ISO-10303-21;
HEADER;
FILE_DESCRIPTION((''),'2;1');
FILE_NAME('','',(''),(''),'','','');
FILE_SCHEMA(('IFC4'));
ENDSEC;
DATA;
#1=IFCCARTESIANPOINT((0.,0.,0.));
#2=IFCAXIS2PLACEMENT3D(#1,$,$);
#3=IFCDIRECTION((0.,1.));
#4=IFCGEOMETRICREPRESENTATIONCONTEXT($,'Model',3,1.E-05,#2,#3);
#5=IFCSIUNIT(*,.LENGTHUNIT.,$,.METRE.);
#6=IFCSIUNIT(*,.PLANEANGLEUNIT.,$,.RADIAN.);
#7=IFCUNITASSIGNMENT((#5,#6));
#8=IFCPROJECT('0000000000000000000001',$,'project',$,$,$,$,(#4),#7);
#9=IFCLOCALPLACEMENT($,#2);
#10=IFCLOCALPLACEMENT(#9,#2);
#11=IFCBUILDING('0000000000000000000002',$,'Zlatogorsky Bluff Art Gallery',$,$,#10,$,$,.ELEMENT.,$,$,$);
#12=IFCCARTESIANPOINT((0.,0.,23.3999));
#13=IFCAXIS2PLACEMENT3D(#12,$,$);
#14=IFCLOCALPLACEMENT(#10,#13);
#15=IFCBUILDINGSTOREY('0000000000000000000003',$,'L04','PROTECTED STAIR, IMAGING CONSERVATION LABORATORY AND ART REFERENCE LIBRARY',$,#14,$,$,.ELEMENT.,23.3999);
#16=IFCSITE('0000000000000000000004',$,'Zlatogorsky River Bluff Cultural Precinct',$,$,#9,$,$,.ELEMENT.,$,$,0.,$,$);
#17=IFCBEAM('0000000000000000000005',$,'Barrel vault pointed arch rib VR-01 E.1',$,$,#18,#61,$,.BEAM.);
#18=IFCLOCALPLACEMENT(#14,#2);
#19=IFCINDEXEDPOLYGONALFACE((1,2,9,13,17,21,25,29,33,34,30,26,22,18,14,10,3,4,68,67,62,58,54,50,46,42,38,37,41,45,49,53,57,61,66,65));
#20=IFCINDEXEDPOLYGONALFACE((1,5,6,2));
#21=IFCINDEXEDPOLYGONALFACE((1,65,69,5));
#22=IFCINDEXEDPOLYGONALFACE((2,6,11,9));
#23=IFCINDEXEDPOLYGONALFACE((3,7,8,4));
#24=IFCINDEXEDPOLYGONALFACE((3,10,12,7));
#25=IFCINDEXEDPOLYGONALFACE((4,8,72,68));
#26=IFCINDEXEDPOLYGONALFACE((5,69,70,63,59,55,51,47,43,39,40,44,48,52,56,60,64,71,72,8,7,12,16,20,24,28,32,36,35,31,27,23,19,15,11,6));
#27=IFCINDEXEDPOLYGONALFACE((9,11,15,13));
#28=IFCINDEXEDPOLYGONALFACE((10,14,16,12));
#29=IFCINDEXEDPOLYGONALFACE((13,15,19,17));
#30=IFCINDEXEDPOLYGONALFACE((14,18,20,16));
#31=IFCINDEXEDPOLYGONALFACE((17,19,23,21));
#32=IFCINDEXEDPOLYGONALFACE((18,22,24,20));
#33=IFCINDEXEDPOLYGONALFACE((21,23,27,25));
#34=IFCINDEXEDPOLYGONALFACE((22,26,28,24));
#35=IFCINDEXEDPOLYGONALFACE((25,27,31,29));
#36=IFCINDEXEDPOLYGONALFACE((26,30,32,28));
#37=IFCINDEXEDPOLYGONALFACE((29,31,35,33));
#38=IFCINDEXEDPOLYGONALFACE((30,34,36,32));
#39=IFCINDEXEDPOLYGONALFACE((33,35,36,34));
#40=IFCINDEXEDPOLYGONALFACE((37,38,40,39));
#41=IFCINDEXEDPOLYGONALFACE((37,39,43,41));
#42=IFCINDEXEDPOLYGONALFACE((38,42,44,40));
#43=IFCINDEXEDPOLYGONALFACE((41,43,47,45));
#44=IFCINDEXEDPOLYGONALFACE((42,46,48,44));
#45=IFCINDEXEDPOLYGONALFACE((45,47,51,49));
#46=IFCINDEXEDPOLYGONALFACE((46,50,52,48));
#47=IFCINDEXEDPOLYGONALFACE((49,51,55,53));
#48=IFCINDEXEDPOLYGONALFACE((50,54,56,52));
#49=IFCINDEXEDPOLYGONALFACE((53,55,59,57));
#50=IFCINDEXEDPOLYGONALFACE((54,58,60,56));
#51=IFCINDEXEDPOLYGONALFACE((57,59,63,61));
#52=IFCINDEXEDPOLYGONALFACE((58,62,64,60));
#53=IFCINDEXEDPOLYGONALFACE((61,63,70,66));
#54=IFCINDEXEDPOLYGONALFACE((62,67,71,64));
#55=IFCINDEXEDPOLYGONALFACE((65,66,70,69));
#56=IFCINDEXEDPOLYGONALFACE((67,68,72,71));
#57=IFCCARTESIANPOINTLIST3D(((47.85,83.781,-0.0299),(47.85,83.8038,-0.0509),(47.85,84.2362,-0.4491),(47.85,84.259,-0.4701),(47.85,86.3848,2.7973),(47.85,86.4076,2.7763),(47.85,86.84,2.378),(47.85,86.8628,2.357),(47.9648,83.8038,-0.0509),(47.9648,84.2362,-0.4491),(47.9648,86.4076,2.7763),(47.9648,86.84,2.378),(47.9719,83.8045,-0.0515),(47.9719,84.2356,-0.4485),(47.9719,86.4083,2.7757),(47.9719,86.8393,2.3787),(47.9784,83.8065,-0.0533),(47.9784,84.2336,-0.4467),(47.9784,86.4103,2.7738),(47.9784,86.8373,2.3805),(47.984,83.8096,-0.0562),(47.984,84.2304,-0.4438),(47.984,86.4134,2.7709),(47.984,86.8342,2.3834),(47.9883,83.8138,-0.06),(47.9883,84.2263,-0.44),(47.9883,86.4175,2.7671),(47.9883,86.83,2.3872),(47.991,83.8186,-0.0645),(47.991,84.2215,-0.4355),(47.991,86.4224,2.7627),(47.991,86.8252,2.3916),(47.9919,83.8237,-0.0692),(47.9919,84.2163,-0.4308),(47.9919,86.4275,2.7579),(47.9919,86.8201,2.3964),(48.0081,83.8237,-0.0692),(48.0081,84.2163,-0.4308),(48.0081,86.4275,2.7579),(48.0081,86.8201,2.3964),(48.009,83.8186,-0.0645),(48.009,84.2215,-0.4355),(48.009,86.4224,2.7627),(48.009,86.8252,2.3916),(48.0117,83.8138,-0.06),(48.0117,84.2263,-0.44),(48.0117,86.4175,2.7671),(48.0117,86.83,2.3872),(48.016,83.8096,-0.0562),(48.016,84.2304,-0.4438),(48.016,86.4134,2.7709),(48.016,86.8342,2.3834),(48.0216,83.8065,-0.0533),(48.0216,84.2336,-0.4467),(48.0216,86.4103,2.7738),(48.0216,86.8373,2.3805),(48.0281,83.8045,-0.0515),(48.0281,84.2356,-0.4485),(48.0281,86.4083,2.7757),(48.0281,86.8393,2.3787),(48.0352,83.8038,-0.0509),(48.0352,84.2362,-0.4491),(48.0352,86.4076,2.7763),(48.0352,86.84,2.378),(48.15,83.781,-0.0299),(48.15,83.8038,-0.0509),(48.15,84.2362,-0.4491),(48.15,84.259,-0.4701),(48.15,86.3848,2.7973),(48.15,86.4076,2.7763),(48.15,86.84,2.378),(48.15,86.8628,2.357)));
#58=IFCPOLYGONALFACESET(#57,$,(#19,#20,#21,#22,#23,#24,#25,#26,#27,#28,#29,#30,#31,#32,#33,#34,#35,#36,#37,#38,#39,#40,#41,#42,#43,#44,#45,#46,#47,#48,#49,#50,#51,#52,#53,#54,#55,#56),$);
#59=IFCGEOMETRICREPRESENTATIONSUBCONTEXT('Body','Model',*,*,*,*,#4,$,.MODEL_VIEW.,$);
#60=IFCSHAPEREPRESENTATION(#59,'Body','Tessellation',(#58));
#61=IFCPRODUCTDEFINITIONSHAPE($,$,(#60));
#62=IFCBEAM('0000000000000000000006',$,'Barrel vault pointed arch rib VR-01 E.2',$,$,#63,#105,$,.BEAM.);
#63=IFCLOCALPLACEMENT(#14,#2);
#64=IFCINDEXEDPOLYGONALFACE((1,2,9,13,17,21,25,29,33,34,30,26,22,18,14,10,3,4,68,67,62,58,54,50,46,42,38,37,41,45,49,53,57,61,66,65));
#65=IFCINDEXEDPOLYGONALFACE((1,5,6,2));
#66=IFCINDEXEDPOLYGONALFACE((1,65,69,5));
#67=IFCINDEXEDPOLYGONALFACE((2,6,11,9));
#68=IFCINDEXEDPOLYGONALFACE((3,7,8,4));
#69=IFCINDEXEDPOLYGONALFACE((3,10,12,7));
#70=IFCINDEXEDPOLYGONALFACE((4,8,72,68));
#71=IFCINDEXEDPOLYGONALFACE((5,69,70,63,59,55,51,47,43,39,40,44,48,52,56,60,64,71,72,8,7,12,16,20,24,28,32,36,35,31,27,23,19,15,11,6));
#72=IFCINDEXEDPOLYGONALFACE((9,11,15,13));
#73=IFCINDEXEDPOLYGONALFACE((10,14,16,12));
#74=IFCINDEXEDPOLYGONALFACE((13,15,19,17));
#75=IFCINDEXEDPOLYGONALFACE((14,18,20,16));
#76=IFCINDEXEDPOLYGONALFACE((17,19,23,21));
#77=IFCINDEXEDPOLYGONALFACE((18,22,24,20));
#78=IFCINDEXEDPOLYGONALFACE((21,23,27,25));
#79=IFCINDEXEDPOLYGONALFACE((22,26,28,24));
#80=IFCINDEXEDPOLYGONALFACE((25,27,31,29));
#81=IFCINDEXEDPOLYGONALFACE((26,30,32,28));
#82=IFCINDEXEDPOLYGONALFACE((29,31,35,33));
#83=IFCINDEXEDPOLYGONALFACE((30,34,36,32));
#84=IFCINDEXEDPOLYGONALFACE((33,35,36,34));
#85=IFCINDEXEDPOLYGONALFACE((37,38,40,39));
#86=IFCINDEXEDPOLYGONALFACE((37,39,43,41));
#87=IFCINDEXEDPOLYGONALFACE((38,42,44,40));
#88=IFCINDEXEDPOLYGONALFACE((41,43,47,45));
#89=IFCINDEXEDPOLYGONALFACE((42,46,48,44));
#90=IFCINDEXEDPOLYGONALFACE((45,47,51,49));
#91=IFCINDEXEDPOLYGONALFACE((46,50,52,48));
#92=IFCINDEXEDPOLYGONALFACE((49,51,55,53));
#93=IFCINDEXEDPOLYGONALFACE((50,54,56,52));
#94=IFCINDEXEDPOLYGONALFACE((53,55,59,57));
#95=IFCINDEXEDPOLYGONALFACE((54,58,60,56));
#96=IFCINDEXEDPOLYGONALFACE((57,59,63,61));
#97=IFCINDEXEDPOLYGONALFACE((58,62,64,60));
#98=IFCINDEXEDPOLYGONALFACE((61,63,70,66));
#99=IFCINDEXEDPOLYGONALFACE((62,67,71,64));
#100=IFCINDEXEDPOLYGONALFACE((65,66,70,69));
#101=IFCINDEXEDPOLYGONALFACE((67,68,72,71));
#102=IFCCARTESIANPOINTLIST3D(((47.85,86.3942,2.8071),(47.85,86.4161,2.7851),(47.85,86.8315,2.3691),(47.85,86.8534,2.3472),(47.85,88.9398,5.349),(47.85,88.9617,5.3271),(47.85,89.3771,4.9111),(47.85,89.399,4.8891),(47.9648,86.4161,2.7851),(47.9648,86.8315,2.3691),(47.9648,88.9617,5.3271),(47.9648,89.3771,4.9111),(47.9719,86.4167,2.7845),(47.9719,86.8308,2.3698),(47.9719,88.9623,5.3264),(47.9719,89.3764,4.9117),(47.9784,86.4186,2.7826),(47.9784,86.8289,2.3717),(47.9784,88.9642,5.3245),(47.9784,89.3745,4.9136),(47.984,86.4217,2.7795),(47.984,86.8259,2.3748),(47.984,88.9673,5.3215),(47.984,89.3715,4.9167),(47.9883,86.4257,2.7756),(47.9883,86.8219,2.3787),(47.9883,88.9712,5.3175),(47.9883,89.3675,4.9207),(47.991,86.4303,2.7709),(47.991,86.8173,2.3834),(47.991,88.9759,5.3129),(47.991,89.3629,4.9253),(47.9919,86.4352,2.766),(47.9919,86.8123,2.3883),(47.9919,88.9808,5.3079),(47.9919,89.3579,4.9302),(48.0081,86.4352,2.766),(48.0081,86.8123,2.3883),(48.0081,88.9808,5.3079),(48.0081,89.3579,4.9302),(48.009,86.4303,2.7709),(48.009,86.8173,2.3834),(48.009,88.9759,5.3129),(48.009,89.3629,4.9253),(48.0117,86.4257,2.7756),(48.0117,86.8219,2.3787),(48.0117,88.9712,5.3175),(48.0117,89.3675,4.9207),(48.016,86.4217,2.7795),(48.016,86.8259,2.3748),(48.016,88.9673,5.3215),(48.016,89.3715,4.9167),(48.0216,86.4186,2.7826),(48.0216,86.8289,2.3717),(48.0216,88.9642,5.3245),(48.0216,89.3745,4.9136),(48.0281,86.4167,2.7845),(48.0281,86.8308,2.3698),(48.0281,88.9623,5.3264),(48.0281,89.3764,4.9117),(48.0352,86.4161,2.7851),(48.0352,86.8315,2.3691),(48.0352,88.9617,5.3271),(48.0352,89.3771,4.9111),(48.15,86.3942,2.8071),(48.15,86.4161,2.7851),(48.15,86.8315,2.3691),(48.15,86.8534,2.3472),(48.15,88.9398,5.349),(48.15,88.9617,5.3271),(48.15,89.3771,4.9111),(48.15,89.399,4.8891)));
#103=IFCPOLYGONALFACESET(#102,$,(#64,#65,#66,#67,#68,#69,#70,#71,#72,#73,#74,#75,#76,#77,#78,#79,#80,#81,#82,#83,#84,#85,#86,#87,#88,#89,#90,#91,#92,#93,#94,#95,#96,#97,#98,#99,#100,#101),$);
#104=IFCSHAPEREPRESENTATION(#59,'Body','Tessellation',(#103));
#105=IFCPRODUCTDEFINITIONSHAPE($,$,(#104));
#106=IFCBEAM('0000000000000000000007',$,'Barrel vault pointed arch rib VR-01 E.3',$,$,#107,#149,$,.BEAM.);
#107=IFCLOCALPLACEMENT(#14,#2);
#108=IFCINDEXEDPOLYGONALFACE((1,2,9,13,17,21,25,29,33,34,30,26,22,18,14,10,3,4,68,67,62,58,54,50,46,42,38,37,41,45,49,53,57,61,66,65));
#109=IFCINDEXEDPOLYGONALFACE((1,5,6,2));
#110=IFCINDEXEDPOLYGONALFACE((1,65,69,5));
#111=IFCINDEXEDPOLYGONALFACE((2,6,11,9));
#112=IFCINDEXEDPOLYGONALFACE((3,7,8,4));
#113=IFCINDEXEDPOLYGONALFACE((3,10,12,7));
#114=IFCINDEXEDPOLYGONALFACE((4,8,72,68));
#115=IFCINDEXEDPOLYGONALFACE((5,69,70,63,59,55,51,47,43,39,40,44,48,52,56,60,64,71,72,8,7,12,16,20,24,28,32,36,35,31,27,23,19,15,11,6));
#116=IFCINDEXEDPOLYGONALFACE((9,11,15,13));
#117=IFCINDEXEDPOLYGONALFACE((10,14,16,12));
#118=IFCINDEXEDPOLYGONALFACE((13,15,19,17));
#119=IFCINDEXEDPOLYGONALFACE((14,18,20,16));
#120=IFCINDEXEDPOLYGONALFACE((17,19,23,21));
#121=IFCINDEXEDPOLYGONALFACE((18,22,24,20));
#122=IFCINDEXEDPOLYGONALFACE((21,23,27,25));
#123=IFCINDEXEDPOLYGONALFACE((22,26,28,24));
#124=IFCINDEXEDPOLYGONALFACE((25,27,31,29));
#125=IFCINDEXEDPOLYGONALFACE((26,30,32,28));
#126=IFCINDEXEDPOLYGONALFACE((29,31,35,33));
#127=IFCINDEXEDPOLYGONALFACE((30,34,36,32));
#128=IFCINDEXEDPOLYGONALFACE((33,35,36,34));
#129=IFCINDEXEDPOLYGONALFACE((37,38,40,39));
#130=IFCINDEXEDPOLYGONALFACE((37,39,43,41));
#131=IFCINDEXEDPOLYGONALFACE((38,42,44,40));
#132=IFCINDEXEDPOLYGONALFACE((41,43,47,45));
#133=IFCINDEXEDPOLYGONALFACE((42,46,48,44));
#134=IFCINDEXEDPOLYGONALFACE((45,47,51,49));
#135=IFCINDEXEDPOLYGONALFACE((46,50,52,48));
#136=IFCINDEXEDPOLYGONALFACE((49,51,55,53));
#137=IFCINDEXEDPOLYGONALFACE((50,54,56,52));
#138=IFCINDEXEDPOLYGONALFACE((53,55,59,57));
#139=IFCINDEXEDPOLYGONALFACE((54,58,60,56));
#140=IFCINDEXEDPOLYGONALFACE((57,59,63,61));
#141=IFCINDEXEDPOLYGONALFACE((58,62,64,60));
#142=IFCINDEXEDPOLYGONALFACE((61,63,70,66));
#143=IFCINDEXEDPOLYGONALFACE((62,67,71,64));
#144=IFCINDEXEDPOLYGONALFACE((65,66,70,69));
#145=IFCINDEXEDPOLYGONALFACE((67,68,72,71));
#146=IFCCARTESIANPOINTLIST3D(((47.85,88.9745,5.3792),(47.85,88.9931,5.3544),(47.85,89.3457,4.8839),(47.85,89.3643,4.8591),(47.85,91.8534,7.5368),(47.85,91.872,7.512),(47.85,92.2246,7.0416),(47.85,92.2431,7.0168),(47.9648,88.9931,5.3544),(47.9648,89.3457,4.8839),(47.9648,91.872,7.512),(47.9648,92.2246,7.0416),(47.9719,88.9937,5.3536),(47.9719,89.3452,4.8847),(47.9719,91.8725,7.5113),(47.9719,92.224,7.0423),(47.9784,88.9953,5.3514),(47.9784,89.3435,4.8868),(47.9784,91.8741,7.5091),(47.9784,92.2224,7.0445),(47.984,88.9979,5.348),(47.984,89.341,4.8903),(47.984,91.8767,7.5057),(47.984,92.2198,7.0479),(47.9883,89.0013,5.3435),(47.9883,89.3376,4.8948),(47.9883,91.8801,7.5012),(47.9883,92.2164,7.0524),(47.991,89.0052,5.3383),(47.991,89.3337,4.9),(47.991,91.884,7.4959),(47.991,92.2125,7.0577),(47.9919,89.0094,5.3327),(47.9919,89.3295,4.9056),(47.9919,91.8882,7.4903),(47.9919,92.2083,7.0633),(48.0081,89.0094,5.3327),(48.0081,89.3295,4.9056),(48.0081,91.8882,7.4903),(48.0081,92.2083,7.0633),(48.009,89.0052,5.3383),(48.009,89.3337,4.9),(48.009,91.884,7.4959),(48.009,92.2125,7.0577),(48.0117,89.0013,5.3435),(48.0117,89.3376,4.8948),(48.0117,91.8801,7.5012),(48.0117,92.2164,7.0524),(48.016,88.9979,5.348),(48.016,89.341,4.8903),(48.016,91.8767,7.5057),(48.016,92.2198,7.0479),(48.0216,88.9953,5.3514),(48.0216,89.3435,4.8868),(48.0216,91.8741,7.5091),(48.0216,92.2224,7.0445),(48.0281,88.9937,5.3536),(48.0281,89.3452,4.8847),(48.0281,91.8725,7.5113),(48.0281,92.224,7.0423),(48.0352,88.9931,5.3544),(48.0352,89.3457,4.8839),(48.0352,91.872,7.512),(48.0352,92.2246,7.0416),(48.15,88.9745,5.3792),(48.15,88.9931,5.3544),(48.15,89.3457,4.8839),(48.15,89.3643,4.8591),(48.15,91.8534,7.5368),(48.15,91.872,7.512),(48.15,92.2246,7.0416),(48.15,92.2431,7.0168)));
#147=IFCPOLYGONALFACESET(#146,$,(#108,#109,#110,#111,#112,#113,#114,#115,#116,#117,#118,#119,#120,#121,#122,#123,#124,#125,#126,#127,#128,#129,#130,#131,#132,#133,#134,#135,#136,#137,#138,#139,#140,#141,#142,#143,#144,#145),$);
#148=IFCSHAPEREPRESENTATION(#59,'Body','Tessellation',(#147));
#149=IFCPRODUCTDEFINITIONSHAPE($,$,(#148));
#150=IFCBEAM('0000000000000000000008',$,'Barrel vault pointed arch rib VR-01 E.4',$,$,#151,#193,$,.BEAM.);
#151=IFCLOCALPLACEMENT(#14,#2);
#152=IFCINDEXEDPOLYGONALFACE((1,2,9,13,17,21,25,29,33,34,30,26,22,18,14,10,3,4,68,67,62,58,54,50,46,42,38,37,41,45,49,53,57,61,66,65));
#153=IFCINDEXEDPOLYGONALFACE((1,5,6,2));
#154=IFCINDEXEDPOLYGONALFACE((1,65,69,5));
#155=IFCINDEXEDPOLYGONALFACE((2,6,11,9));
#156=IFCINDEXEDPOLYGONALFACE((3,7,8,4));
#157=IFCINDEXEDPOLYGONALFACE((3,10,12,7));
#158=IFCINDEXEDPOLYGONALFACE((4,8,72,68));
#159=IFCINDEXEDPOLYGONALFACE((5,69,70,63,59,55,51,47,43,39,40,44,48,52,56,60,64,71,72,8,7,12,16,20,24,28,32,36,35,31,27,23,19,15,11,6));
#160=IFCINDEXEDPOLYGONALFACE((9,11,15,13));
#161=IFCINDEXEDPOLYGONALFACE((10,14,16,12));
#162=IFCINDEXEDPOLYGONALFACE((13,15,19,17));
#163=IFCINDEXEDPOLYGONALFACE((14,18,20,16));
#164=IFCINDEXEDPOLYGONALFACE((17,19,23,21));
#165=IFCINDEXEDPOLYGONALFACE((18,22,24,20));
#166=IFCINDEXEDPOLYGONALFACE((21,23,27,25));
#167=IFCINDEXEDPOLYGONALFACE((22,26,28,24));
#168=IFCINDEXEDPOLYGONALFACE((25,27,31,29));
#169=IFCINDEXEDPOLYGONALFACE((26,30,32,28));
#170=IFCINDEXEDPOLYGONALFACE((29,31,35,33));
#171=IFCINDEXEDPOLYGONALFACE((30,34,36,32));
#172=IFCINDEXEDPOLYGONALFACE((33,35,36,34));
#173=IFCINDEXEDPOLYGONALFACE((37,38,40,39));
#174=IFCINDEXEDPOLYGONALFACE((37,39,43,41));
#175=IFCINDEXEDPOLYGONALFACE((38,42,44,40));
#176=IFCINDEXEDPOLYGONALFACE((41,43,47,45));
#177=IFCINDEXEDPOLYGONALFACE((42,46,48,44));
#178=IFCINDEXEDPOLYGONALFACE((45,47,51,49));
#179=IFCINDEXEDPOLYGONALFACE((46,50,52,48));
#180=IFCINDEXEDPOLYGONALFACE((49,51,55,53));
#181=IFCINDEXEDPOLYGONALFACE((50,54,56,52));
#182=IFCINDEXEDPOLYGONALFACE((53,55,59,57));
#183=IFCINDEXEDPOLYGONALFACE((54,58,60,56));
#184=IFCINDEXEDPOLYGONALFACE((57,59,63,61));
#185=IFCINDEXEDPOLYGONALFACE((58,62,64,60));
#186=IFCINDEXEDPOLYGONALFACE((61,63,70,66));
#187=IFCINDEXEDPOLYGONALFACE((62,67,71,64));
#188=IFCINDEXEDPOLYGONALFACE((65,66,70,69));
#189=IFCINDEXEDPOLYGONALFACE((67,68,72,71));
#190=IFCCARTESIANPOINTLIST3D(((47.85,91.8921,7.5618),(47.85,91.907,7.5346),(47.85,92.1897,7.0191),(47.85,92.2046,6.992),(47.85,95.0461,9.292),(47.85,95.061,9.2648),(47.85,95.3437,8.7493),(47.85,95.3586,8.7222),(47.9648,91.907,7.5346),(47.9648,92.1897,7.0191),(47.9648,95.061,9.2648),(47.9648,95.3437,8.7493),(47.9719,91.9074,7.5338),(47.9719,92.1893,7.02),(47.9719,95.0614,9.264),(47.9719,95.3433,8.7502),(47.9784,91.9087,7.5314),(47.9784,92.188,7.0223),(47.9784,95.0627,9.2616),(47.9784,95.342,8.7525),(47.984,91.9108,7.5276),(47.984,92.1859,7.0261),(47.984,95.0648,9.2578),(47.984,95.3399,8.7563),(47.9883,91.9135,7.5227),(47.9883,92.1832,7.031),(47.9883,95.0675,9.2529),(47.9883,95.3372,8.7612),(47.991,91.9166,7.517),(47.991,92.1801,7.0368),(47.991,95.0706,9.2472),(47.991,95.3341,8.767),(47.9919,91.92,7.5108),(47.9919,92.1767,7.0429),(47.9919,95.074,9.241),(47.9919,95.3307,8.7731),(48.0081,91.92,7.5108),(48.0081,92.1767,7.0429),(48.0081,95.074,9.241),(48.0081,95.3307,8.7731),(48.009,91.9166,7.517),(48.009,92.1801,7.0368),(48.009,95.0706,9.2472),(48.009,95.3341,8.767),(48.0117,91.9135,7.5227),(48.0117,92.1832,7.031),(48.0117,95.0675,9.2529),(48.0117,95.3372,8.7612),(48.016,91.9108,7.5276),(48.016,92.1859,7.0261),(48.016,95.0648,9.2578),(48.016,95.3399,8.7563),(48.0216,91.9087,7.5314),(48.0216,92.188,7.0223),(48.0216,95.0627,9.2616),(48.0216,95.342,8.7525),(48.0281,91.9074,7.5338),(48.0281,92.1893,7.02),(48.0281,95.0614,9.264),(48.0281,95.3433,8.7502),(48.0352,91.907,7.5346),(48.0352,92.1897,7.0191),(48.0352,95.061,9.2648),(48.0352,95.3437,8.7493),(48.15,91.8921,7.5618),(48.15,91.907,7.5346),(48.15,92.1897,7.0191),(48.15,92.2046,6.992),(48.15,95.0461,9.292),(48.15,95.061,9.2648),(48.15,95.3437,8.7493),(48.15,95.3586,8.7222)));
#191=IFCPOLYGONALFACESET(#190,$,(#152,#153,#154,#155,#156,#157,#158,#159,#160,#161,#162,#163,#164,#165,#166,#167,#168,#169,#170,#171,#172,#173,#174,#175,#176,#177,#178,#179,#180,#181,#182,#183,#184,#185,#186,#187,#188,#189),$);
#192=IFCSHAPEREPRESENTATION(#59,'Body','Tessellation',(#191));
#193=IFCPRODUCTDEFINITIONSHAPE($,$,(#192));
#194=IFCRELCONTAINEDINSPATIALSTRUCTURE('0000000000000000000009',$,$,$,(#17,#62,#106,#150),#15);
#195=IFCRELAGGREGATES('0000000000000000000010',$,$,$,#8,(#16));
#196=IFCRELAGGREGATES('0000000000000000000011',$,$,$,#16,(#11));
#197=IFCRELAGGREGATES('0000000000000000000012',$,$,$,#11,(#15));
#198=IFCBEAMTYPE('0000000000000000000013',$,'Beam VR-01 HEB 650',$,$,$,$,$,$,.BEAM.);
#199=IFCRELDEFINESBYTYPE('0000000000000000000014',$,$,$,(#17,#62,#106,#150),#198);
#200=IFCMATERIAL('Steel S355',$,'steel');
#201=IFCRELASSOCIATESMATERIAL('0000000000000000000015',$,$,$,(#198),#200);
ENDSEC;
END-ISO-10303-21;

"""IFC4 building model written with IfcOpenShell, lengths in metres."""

from ifc_helpers import new_model, si_unit, direction, frame, origin, origin_2d, place, context, subcontext, project, spatial, i_section, extrude, material, material_profile, profile_set, type_object, element, save


model = new_model("IFC4")

# Units and contexts
model_context = context("Model", 3, precision=1e-05, world=origin(), true_north=direction((0.0, 1.0)))
body_context = subcontext(model_context, "Body", "Model", "MODEL_VIEW")
ifc_project = project(units=[si_unit("LENGTHUNIT", "METRE"), si_unit("PLANEANGLEUNIT", "RADIAN")], contexts=[model_context])

# Site, building, storey
site_placement = place(None, origin())
site = spatial("IfcSite", under=ifc_project, at=site_placement, Name="Zlatogorsky River Bluff Cultural Precinct", CompositionType="ELEMENT", RefElevation=0.0)
building_placement = place(site_placement, origin())
building = spatial("IfcBuilding", under=site, at=building_placement, Name="Zlatogorsky Bluff Art Gallery", CompositionType="ELEMENT")
storey_placement = place(building_placement, frame((0.0, 0.0, 23.3999)))
storey = spatial("IfcBuildingStorey", under=building, at=storey_placement, Name="L04", Description="PROTECTED STAIR, IMAGING CONSERVATION LABORATORY AND ART REFERENCE LIBRARY", CompositionType="ELEMENT", Elevation=23.3999)

# Beams
ifc_material_1 = material(Name="Steel S355", Category="steel")
ifc_material_profile_1 = material_profile(ifc_material_1, i_section(OverallWidth=0.3, OverallDepth=0.6499, WebThickness=0.0161, FlangeThickness=0.031, FilletRadius=0.0271, at=origin_2d()), Name="HEB 650")
ifc_profile_set_1 = profile_set([ifc_material_profile_1], Name="Steel S355")
beam_type_1 = type_object("IfcBeamType", Name="Beam VR-01 HEB 650", PredefinedType="BEAM", material=ifc_profile_set_1)
beam_1_placement = place(storey_placement, frame((48.0, 84.02, -0.25), z_axis=(0.0, 0.677449, 0.73557), x_axis=(-1.0, 0.0, 0.0)))
element("IfcBeam", 1, at=beam_1_placement, inside=storey, type_object=beam_type_1, Name="Barrel vault pointed arch rib VR-01 E.1", PredefinedType="BEAM", context=body_context, shape_type="SweptSolid", body=[
    extrude(i_section(OverallWidth=0.3, OverallDepth=0.6499, WebThickness=0.0161, FlangeThickness=0.031, FilletRadius=0.0271, at=origin_2d()), origin(), (0.0, 0.0, 1.0), 3.8435),
])
beam_2_placement = place(storey_placement, frame((48.0, 86.6238, 2.5771), z_axis=(0.0, 0.707616, 0.706598), x_axis=(-1.0, 0.0, 0.0)))
element("IfcBeam", 2, at=beam_2_placement, inside=storey, type_object=beam_type_1, Name="Barrel vault pointed arch rib VR-01 E.2", PredefinedType="BEAM", context=body_context, shape_type="SweptSolid", body=[
    extrude(i_section(OverallWidth=0.3, OverallDepth=0.6499, WebThickness=0.0161, FlangeThickness=0.031, FilletRadius=0.0271, at=origin_2d()), origin(), (0.0, 0.0, 1.0), 3.5974),
])
beam_3_placement = place(storey_placement, frame((48.0, 89.1694, 5.1191), z_axis=(0.0, 0.800195, 0.599739), x_axis=(-1.0, 0.0, 0.0)))
element("IfcBeam", 3, at=beam_3_placement, inside=storey, type_object=beam_type_1, Name="Barrel vault pointed arch rib VR-01 E.3", PredefinedType="BEAM", context=body_context, shape_type="SweptSolid", body=[
    extrude(i_section(OverallWidth=0.3, OverallDepth=0.6499, WebThickness=0.0161, FlangeThickness=0.031, FilletRadius=0.0271, at=origin_2d()), origin(), (0.0, 0.0, 1.0), 3.5977),
])
beam_4_placement = place(storey_placement, frame((48.0, 92.0483, 7.2769), z_axis=(0.0, 0.876744, 0.480957), x_axis=(-1.0, 0.0, 0.0)))
element("IfcBeam", 4, at=beam_4_placement, inside=storey, type_object=beam_type_1, Name="Barrel vault pointed arch rib VR-01 E.4", PredefinedType="BEAM", context=body_context, shape_type="SweptSolid", body=[
    extrude(i_section(OverallWidth=0.3, OverallDepth=0.6499, WebThickness=0.0161, FlangeThickness=0.031, FilletRadius=0.0271, at=origin_2d()), origin(), (0.0, 0.0, 1.0), 3.5974),
])

save(model, "model.ifc")
